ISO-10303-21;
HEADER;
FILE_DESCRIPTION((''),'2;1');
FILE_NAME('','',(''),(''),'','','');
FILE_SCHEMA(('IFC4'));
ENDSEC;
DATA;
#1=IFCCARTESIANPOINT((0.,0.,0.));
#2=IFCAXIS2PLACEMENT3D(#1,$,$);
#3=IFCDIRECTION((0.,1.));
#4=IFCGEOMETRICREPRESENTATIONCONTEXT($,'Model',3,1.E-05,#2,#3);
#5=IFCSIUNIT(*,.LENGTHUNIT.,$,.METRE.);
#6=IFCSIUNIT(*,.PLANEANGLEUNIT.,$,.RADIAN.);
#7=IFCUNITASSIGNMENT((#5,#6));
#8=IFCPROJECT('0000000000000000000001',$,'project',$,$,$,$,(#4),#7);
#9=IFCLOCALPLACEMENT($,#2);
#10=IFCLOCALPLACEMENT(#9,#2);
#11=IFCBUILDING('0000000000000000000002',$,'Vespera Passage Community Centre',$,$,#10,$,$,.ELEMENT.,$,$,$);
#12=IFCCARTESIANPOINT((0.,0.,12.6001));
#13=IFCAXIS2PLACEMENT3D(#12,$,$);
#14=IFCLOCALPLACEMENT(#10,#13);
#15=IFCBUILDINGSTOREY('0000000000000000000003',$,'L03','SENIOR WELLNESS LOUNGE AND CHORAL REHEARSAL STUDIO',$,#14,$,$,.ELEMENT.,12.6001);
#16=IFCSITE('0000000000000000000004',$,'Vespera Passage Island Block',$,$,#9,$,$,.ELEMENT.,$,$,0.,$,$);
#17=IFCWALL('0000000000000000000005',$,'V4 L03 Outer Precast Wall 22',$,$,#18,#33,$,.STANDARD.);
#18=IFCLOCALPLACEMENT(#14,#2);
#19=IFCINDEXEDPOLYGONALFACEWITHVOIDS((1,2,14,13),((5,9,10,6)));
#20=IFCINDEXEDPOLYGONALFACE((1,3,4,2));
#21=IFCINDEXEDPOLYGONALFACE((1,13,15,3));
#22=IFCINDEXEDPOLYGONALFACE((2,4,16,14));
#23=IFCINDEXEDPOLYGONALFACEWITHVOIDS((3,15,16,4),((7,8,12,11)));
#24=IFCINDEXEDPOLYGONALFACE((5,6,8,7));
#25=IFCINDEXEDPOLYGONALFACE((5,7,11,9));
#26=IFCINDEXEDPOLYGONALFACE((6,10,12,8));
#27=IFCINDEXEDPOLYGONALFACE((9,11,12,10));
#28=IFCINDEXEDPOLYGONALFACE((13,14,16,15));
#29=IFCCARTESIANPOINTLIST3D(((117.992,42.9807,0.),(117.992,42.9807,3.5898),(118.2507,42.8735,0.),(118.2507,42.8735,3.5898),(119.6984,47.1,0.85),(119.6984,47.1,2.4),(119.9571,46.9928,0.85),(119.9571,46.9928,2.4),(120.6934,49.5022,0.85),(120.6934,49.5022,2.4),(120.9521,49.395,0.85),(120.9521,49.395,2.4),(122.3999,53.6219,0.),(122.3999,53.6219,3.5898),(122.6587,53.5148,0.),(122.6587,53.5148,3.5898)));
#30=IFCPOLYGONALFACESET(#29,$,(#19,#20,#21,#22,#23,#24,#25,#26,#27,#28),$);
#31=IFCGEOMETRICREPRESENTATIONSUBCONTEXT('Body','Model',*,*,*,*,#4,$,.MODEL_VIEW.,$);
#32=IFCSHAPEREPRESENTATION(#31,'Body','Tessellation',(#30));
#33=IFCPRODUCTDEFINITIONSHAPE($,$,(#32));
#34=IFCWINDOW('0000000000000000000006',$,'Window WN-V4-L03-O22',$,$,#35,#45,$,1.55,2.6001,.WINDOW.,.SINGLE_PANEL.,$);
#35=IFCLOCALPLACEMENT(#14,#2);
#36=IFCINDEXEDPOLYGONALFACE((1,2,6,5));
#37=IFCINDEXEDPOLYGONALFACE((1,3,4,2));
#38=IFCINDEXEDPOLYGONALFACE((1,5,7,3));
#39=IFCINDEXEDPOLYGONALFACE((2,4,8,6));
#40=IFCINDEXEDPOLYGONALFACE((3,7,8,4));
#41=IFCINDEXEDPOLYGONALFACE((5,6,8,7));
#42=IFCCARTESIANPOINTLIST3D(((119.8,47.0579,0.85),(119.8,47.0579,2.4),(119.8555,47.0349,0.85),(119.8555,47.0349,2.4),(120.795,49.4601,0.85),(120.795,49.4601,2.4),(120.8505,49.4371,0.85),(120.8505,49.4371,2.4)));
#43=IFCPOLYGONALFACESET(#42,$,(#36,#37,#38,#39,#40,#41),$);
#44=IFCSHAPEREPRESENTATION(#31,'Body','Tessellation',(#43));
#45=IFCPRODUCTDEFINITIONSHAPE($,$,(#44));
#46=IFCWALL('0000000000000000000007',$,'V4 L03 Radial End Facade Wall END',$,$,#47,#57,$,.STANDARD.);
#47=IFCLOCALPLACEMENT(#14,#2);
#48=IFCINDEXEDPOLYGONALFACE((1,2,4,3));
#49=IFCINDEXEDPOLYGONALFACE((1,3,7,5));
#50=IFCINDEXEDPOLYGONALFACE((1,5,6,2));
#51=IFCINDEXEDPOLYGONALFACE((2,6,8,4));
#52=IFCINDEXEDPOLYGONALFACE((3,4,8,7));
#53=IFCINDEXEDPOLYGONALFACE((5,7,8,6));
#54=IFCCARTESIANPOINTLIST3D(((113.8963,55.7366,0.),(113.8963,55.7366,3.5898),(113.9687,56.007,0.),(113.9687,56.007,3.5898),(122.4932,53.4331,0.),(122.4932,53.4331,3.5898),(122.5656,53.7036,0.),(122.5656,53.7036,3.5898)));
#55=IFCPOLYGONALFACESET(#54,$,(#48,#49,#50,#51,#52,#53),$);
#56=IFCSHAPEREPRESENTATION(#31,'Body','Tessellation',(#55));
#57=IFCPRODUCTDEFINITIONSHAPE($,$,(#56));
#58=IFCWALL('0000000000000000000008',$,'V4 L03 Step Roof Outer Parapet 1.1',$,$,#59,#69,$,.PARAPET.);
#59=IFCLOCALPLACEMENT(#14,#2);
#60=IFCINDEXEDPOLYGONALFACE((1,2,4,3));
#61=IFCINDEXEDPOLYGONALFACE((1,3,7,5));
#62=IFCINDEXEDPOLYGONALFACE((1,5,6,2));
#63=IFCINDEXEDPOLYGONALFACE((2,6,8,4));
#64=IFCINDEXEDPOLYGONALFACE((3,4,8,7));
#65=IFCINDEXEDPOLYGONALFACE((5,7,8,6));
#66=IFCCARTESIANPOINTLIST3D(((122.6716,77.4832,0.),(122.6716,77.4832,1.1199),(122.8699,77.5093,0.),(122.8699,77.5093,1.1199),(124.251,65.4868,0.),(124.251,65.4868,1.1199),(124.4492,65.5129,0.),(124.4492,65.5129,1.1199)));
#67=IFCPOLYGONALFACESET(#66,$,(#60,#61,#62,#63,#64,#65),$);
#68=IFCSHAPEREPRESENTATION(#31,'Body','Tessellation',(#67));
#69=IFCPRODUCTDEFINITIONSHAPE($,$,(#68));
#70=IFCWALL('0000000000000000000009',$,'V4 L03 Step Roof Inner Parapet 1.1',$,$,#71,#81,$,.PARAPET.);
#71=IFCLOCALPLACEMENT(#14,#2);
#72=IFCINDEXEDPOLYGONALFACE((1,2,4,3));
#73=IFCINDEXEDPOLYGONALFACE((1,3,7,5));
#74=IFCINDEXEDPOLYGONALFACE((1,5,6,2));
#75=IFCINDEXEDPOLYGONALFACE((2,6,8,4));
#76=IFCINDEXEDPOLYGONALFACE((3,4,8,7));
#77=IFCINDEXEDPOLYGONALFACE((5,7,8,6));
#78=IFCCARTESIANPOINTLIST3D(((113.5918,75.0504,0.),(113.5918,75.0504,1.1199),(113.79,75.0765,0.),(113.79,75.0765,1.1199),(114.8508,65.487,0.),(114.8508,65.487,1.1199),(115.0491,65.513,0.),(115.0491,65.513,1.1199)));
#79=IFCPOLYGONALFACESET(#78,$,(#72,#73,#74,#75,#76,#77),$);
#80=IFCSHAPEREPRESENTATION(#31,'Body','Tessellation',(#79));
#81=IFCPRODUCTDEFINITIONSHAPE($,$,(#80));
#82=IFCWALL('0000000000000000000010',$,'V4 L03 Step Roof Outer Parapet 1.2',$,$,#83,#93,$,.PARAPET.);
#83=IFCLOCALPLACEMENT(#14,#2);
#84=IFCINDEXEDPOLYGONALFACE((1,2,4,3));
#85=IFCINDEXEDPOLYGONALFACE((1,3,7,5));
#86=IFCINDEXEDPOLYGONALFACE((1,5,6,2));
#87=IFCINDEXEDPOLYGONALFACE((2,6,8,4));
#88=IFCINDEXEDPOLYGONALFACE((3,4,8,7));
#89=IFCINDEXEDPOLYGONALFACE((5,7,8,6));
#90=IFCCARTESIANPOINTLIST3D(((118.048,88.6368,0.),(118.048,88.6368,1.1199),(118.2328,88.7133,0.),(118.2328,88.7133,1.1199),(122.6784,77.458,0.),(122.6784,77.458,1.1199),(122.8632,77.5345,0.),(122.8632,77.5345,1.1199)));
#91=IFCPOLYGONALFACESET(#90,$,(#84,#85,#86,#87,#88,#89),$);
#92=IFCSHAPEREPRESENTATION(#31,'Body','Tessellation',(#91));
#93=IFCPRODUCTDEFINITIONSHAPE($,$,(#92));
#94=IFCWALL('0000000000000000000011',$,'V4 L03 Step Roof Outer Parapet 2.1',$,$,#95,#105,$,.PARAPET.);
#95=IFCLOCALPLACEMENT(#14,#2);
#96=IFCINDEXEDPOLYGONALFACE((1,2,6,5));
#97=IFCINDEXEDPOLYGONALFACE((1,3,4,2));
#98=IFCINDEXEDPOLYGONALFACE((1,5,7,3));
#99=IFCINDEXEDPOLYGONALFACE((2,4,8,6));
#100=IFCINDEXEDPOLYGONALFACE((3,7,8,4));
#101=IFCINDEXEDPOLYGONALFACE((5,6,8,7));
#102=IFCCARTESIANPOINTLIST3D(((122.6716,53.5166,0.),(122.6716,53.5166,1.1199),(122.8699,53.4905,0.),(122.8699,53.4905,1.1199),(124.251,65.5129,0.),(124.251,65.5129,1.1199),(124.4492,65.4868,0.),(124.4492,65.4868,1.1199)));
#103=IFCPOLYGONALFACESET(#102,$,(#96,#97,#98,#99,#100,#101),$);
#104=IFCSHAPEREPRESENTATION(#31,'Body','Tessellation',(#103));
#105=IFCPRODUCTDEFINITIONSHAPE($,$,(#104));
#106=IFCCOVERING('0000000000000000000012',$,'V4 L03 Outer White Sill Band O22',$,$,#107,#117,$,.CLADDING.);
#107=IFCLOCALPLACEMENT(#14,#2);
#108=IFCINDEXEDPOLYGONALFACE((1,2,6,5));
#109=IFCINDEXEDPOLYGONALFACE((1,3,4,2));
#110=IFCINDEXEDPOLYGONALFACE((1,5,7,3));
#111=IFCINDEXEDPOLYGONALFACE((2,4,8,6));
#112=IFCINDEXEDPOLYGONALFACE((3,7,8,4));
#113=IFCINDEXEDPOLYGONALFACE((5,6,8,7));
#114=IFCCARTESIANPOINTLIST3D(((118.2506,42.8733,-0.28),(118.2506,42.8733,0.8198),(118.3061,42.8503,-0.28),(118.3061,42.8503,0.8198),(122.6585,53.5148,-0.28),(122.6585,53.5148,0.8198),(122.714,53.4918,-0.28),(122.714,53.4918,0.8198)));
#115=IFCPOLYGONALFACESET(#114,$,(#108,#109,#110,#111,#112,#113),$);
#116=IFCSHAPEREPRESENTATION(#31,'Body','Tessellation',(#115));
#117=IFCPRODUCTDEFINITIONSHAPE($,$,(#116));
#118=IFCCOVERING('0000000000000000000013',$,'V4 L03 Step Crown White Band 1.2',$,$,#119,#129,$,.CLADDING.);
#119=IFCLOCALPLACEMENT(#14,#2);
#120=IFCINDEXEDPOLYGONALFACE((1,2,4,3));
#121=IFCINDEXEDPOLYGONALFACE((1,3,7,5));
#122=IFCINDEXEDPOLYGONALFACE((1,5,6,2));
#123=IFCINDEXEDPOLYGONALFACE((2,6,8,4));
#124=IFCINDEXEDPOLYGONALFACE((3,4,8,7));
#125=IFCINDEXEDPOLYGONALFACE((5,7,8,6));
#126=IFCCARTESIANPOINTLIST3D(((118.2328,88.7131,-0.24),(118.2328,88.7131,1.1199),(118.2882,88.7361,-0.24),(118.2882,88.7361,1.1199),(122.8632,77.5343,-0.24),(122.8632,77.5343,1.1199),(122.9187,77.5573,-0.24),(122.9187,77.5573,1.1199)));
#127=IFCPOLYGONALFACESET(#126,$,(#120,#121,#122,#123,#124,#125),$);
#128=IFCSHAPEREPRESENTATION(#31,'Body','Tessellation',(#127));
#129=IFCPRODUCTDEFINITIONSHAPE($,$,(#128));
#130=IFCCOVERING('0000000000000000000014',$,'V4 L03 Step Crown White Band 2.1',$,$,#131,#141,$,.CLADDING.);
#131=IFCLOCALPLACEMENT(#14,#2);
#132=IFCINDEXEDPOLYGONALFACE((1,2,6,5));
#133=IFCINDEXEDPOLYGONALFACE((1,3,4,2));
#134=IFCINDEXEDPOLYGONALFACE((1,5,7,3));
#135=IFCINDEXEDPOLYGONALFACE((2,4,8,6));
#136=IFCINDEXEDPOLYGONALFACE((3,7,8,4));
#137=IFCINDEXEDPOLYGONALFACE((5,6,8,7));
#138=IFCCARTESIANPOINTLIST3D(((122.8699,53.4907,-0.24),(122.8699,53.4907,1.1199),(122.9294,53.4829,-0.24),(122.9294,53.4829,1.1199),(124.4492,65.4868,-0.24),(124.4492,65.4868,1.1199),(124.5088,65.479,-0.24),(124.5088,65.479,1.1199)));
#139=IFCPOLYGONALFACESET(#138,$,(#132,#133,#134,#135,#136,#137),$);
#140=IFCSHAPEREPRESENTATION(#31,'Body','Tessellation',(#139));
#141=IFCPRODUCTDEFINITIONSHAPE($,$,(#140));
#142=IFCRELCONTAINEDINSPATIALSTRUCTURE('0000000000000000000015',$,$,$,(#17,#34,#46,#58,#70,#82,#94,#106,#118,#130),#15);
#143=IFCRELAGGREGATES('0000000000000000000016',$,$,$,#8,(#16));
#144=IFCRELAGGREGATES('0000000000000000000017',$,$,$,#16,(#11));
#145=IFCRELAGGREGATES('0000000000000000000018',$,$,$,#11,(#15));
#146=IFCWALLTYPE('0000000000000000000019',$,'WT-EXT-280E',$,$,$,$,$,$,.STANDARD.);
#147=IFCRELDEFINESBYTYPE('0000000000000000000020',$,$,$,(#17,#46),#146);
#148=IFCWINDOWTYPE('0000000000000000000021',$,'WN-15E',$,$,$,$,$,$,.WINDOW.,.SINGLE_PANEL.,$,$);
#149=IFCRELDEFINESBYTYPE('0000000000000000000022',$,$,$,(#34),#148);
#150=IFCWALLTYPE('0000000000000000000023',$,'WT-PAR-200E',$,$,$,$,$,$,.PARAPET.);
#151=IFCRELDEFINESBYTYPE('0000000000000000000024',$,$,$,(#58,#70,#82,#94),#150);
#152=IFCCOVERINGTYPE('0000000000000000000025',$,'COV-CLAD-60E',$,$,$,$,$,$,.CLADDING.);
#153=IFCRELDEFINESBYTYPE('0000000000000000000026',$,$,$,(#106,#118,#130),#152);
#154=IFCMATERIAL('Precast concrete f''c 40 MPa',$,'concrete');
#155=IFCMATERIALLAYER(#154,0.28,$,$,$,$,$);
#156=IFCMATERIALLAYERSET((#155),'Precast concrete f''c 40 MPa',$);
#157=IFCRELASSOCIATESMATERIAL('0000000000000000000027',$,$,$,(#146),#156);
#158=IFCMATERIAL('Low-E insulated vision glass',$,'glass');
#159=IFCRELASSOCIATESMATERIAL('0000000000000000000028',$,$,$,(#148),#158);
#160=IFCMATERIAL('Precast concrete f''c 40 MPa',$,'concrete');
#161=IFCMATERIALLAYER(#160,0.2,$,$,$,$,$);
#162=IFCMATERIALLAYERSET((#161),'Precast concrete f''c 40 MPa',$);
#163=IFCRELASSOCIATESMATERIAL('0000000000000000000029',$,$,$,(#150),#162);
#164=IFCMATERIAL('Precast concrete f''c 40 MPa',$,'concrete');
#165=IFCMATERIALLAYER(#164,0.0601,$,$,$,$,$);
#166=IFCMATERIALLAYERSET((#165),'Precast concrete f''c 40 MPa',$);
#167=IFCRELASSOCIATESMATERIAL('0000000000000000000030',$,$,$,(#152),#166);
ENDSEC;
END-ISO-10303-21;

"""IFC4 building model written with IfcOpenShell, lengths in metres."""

from ifc_helpers import new_model, si_unit, direction, frame, frame_2d, origin, place, context, subcontext, project, spatial, rectangle, extrude, material, layer, layer_set, type_object, element, fill, save


model = new_model("IFC4")

# Units and contexts
model_context = context("Model", 3, precision=1e-05, world=origin(), true_north=direction((0.0, 1.0)))
body_context = subcontext(model_context, "Body", "Model", "MODEL_VIEW")
ifc_project = project(units=[si_unit("LENGTHUNIT", "METRE"), si_unit("PLANEANGLEUNIT", "RADIAN")], contexts=[model_context])

# Site, building, storey
site_placement = place(None, origin())
site = spatial("IfcSite", under=ifc_project, at=site_placement, Name="Vespera Passage Island Block", CompositionType="ELEMENT", RefElevation=0.0)
building_placement = place(site_placement, origin())
building = spatial("IfcBuilding", under=site, at=building_placement, Name="Vespera Passage Community Centre", CompositionType="ELEMENT")
storey_placement = place(building_placement, frame((0.0, 0.0, 12.6001)))
storey = spatial("IfcBuildingStorey", under=building, at=storey_placement, Name="L03", Description="SENIOR WELLNESS LOUNGE AND CHORAL REHEARSAL STUDIO", CompositionType="ELEMENT", Elevation=12.6001)

# Wall, opening, window
ifc_material_1 = material(Name="Precast concrete f'c 40 MPa", Category="concrete")
ifc_layer_1 = layer(ifc_material_1, 0.28)
ifc_layer_set_1 = layer_set([ifc_layer_1], Name="Precast concrete f'c 40 MPa")
wall_type_1 = type_object("IfcWallType", Name="WT-EXT-280E", PredefinedType="STANDARD", material=ifc_layer_set_1)
wall_1_placement = place(storey_placement, frame((122.5293, 53.5684, 0.0), z_axis=(0.0, 0.0, 1.0), x_axis=(-0.382696, -0.923874, 0.0)))
wall_1 = element("IfcWall", 1, at=wall_1_placement, inside=storey, type_object=wall_type_1, Name="V4 L03 Outer Precast Wall 22", PredefinedType="STANDARD", context=body_context, shape_type="SweptSolid", body=[
    extrude(rectangle(XDim=11.5181, YDim=0.28, at=frame_2d((5.759, 0.0))), origin(), (0.0, 0.0, 1.0), 3.5898),
])
opening_placement = place(wall_1_placement, frame((4.4592, 0.0, 0.8501)))
opening = element("IfcOpeningElement", 2, at=opening_placement, cuts=wall_1, PredefinedType="OPENING", context=body_context, shape_type="SweptSolid", body=[
    extrude(rectangle(XDim=2.6001, YDim=1.55, at=frame_2d((1.3, 0.7749))), frame((0.0, 0.1501, 0.0), z_axis=(0.0, -1.0, 0.0), x_axis=(1.0, 0.0, 0.0)), (0.0, 0.0, 1.0), 0.3),
])
ifc_material_2 = material(Name="Low-E insulated vision glass", Category="glass")
window_type = type_object("IfcWindowType", Name="WN-15E", PartitioningType="SINGLE_PANEL", PredefinedType="WINDOW", material=ifc_material_2)
window_placement = place(opening_placement, origin())
window = element("IfcWindow", 3, at=window_placement, inside=storey, type_object=window_type, Name="Window WN-V4-L03-O22", OverallHeight=1.55, OverallWidth=2.6001, PartitioningType="SINGLE_PANEL", PredefinedType="WINDOW", context=body_context, shape_type="SweptSolid", body=[
    extrude(rectangle(XDim=2.6001, YDim=1.55, at=frame_2d((1.3, 0.7749))), frame((0.0, 0.03, 0.0), z_axis=(0.0, -1.0, 0.0), x_axis=(1.0, 0.0, 0.0)), (0.0, 0.0, 1.0), 0.0601),
])
fill(opening, window)

# Walls
wall_2_placement = place(storey_placement, frame((113.9324, 55.8718, 0.0), z_axis=(0.0, 0.0, 1.0), x_axis=(0.965928, -0.258811, 0.0)))
element("IfcWall", 4, at=wall_2_placement, inside=storey, type_object=wall_type_1, Name="V4 L03 Radial End Facade Wall END", PredefinedType="STANDARD", context=body_context, shape_type="SweptSolid", body=[
    extrude(rectangle(XDim=8.9001, YDim=0.28, at=frame_2d((4.4502, 0.0))), origin(), (0.0, 0.0, 1.0), 3.5898),
])
ifc_material_3 = material(Name="Precast concrete f'c 40 MPa", Category="concrete")
ifc_layer_2 = layer(ifc_material_3, 0.2)
ifc_layer_set_2 = layer_set([ifc_layer_2], Name="Precast concrete f'c 40 MPa")
wall_type_2 = type_object("IfcWallType", Name="WT-PAR-200E", PredefinedType="PARAPET", material=ifc_layer_set_2)
wall_3_placement = place(storey_placement, frame((124.3501, 65.5, 0.0), z_axis=(0.0, 0.0, 1.0), x_axis=(-0.130526, 0.991445, 0.0)))
element("IfcWall", 5, at=wall_3_placement, inside=storey, type_object=wall_type_2, Name="V4 L03 Step Roof Outer Parapet 1.1", PredefinedType="PARAPET", context=body_context, shape_type="SweptSolid", body=[
    extrude(rectangle(XDim=12.0999, YDim=0.2, at=frame_2d((6.0498, 0.0))), origin(), (0.0, 0.0, 1.0), 1.1199),
])
wall_4_placement = place(storey_placement, frame((114.95, 65.5, 0.0), z_axis=(0.0, 0.0, 1.0), x_axis=(-0.130524, 0.991445, 0.0)))
element("IfcWall", 6, at=wall_4_placement, inside=storey, type_object=wall_type_2, Name="V4 L03 Step Roof Inner Parapet 1.1", PredefinedType="PARAPET", context=body_context, shape_type="SweptSolid", body=[
    extrude(rectangle(XDim=9.646, YDim=0.2, at=frame_2d((4.823, 0.0))), origin(), (0.0, 0.0, 1.0), 1.1199),
])
for number, where, z_axis, x_axis, name in (
    (7, (122.7708, 77.4963, 0.0), (0.0, 0.0, 1.0), (-0.382683, 0.92388, 0.0), "V4 L03 Step Roof Outer Parapet 1.2"),
    (8, (122.7708, 53.5037, 0.0), (0.0, 0.0, 1.0), (0.130526, 0.991445, 0.0), "V4 L03 Step Roof Outer Parapet 2.1"),
):
    element("IfcWall", number, at=place(storey_placement, frame(where, z_axis=z_axis, x_axis=x_axis)), inside=storey, type_object=wall_type_2, Name=name, PredefinedType="PARAPET", context=body_context, shape_type="SweptSolid", body=[
        extrude(rectangle(XDim=12.0999, YDim=0.2, at=frame_2d((6.0498, 0.0))), origin(), (0.0, 0.0, 1.0), 1.1199),
    ])

# Coverings
ifc_material_4 = material(Name="Precast concrete f'c 40 MPa", Category="concrete")
ifc_layer_3 = layer(ifc_material_4, 0.0601)
ifc_layer_set_3 = layer_set([ifc_layer_3], Name="Precast concrete f'c 40 MPa")
covering_type = type_object("IfcCoveringType", Name="COV-CLAD-60E", PredefinedType="CLADDING", material=ifc_layer_set_3)
covering_1_placement = place(storey_placement, frame((122.6863, 53.5034, -0.28), z_axis=(0.0, 0.0, 1.0), x_axis=(-0.382688, -0.923878, 0.0)))
element("IfcCovering", 9, at=covering_1_placement, inside=storey, type_object=covering_type, Name="V4 L03 Outer White Sill Band O22", PredefinedType="CLADDING", context=body_context, shape_type="SweptSolid", body=[
    extrude(rectangle(XDim=11.5183, YDim=0.0601, at=frame_2d((5.7593, 0.0))), origin(), (0.0, 0.0, 1.0), 1.0999),
])
covering_2_placement = place(storey_placement, frame((122.8909, 77.5459, -0.24), z_axis=(0.0, 0.0, 1.0), x_axis=(-0.382683, 0.92388, 0.0)))
element("IfcCovering", 10, at=covering_2_placement, inside=storey, type_object=covering_type, Name="V4 L03 Step Crown White Band 1.2", PredefinedType="CLADDING", context=body_context, shape_type="SweptSolid", body=[
    extrude(rectangle(XDim=12.0999, YDim=0.0601, at=frame_2d((6.0498, 0.0))), origin(), (0.0, 0.0, 1.0), 1.3599),
])
covering_3_placement = place(storey_placement, frame((122.8997, 53.4868, -0.24), z_axis=(0.0, 0.0, 1.0), x_axis=(0.130529, 0.991445, 0.0)))
element("IfcCovering", 11, at=covering_3_placement, inside=storey, type_object=covering_type, Name="V4 L03 Step Crown White Band 2.1", PredefinedType="CLADDING", context=body_context, shape_type="SweptSolid", body=[
    extrude(rectangle(XDim=12.0996, YDim=0.0601, at=frame_2d((6.0498, 0.0))), origin(), (0.0, 0.0, 1.0), 1.3599),
])

save(model, "model.ifc")
